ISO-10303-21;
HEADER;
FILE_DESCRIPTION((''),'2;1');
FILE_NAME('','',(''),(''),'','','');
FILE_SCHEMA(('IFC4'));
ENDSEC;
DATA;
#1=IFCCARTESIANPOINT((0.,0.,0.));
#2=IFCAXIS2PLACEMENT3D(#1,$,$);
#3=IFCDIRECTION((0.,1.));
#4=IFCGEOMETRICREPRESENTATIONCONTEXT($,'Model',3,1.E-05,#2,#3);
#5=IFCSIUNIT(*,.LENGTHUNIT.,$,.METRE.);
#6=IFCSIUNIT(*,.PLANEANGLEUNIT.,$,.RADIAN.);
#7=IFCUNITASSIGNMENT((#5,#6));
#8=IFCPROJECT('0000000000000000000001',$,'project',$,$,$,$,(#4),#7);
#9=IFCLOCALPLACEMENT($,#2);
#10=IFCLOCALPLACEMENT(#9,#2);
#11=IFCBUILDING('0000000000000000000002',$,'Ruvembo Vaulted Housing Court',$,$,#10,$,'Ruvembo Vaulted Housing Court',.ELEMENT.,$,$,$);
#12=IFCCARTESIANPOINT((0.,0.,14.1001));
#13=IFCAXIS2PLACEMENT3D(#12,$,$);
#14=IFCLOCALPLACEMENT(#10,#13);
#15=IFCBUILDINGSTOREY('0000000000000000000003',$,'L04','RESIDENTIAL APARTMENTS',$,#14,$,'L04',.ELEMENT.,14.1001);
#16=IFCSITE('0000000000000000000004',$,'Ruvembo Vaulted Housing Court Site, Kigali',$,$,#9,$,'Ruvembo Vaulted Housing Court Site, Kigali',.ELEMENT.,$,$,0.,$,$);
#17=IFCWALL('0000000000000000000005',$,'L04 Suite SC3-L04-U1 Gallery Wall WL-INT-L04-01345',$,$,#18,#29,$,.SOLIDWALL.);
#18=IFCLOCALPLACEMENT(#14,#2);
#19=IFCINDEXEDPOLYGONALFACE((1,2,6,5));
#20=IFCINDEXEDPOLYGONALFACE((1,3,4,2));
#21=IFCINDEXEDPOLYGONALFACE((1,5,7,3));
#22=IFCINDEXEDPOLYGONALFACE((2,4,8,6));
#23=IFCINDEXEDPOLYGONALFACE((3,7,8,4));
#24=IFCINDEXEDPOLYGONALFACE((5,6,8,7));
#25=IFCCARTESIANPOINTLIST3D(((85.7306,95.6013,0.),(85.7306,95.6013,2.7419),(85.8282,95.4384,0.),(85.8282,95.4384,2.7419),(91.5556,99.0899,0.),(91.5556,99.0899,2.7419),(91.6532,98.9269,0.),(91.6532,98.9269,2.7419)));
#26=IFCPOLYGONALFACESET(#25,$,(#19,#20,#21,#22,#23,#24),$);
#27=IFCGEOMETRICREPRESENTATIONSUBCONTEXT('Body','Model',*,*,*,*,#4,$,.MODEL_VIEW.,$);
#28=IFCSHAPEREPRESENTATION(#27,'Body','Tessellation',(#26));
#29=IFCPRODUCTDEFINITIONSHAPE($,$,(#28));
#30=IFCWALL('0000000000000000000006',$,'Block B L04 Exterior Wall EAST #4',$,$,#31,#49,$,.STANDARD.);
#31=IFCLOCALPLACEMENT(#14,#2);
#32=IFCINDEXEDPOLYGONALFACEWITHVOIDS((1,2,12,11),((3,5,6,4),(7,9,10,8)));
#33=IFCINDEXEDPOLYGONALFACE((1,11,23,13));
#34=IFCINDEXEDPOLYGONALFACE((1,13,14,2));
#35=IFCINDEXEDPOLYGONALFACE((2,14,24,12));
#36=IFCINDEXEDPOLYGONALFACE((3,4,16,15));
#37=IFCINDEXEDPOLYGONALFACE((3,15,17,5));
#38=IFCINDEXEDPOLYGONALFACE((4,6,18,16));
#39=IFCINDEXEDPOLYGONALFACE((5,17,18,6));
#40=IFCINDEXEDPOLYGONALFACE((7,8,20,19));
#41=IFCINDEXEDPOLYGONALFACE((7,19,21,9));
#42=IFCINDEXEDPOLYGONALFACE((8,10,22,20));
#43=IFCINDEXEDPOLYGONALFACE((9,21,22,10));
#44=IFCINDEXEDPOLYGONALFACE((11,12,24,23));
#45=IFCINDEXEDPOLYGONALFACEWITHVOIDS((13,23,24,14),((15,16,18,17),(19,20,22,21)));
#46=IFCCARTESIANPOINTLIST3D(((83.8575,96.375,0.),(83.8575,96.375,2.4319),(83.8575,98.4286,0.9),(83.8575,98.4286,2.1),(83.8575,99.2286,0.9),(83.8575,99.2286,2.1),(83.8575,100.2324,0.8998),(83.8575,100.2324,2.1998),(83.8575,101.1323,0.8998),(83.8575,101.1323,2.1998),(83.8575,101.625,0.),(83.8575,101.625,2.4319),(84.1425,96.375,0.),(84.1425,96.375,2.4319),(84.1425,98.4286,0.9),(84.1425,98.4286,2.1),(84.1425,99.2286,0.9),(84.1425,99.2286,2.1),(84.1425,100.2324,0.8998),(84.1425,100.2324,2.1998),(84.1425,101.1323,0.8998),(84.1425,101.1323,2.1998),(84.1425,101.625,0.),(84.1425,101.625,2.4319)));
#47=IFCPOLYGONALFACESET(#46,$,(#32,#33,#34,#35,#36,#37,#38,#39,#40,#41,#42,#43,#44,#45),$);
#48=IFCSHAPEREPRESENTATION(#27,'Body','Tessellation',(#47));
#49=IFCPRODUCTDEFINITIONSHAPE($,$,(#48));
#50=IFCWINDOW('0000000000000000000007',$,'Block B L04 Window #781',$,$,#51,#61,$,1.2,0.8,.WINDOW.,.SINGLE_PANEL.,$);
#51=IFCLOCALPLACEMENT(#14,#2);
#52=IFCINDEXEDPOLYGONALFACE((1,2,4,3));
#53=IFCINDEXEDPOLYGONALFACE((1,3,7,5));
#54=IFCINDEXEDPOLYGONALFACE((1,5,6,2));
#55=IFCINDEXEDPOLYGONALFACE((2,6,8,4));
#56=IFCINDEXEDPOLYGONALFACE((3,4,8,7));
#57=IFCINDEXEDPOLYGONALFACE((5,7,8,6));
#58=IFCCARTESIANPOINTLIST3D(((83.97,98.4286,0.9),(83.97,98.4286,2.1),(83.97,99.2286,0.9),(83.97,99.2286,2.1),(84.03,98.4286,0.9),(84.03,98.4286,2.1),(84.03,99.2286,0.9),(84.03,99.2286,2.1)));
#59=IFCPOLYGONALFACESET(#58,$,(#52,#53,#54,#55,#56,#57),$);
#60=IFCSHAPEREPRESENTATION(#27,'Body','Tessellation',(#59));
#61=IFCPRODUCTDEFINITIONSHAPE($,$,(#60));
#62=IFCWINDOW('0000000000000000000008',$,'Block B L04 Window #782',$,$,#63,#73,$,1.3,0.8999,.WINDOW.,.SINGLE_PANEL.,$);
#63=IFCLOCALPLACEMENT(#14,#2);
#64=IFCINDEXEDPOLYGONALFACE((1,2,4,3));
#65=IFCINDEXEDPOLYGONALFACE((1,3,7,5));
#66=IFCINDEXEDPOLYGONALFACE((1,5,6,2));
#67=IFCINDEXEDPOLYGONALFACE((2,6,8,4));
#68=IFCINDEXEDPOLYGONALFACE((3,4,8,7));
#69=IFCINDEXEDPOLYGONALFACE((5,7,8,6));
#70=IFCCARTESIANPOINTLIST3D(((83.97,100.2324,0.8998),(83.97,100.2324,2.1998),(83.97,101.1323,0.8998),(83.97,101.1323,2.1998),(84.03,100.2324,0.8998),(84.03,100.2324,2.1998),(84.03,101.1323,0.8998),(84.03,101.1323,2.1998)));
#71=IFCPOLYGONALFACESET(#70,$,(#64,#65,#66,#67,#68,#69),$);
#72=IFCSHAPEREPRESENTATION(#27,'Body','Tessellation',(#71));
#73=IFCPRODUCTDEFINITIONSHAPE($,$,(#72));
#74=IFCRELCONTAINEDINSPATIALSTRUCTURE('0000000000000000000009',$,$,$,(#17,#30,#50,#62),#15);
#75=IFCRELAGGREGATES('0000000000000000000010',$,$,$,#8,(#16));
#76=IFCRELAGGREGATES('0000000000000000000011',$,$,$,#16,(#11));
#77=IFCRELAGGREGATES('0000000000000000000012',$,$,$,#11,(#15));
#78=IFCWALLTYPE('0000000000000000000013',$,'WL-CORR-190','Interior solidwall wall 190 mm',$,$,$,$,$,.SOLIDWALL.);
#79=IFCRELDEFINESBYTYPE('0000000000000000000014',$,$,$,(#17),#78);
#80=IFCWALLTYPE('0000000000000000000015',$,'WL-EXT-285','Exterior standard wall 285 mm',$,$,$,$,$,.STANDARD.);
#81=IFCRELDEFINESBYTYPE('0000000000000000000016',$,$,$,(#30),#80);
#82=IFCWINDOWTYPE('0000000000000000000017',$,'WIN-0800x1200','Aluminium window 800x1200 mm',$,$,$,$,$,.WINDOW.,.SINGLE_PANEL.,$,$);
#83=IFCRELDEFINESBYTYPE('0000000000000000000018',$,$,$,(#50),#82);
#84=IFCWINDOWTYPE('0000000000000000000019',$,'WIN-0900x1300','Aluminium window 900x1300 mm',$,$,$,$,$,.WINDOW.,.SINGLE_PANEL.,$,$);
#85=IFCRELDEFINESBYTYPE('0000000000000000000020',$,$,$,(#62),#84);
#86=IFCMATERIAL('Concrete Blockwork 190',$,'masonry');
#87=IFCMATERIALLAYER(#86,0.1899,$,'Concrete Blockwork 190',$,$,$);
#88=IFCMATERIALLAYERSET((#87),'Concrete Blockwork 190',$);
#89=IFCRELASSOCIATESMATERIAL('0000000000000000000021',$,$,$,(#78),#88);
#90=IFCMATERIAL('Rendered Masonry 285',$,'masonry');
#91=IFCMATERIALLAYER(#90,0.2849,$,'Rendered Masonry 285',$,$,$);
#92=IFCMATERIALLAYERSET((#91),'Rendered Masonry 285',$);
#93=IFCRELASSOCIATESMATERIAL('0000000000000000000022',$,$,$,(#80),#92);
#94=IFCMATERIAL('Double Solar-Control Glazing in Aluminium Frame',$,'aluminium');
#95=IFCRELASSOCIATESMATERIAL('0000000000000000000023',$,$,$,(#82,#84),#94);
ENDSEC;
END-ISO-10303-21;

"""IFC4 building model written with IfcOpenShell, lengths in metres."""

from ifc_helpers import new_model, si_unit, direction, frame, frame_2d, origin, place, context, subcontext, project, spatial, rectangle, extrude, material, layer, layer_set, type_object, element, fill, save


model = new_model("IFC4")

# Units and contexts
model_context = context("Model", 3, precision=1e-05, world=origin(), true_north=direction((0.0, 1.0)))
body_context = subcontext(model_context, "Body", "Model", "MODEL_VIEW")
ifc_project = project(units=[si_unit("LENGTHUNIT", "METRE"), si_unit("PLANEANGLEUNIT", "RADIAN")], contexts=[model_context])

# Site, building, storey
site_placement = place(None, origin())
site = spatial("IfcSite", under=ifc_project, at=site_placement, Name="Ruvembo Vaulted Housing Court Site, Kigali", LongName="Ruvembo Vaulted Housing Court Site, Kigali", CompositionType="ELEMENT", RefElevation=0.0)
building_placement = place(site_placement, origin())
building = spatial("IfcBuilding", under=site, at=building_placement, Name="Ruvembo Vaulted Housing Court", LongName="Ruvembo Vaulted Housing Court", CompositionType="ELEMENT")
storey_placement = place(building_placement, frame((0.0, 0.0, 14.1001)))
storey = spatial("IfcBuildingStorey", under=building, at=storey_placement, Name="L04", Description="RESIDENTIAL APARTMENTS", LongName="L04", CompositionType="ELEMENT", Elevation=14.1001)

# Wall
ifc_material_1 = material(Name="Concrete Blockwork 190", Category="masonry")
ifc_layer_1 = layer(ifc_material_1, 0.1899, Name="Concrete Blockwork 190")
ifc_layer_set_1 = layer_set([ifc_layer_1], Name="Concrete Blockwork 190")
wall_type_1 = type_object("IfcWallType", Name="WL-CORR-190", Description="Interior solidwall wall 190 mm", PredefinedType="SOLIDWALL", material=ifc_layer_set_1)
wall_1_placement = place(storey_placement, frame((85.7793, 95.5198, 0.0), z_axis=(0.0, 0.0, 1.0), x_axis=(0.857911, 0.513798, 0.0)))
element("IfcWall", 1, at=wall_1_placement, inside=storey, type_object=wall_type_1, Name="L04 Suite SC3-L04-U1 Gallery Wall WL-INT-L04-01345", PredefinedType="SOLIDWALL", context=body_context, shape_type="SweptSolid", body=[
    extrude(rectangle(XDim=6.7898, YDim=0.1899, at=frame_2d((3.395, 0.0))), origin(), (0.0, 0.0, 1.0), 2.7419),
])

# Shared definitions
ifc_material_2 = material(Name="Rendered Masonry 285", Category="masonry")
ifc_layer_2 = layer(ifc_material_2, 0.2849, Name="Rendered Masonry 285")
ifc_layer_set_2 = layer_set([ifc_layer_2], Name="Rendered Masonry 285")
wall_type_2 = type_object("IfcWallType", Name="WL-EXT-285", Description="Exterior standard wall 285 mm", PredefinedType="STANDARD", material=ifc_layer_set_2)

# Wall, openings, windows
wall_2_placement = place(storey_placement, frame((84.0, 96.375, 0.0), z_axis=(0.0, 0.0, 1.0), x_axis=(0.0, 1.0, 0.0)))
wall_2 = element("IfcWall", 2, at=wall_2_placement, inside=storey, type_object=wall_type_2, Name="Block B L04 Exterior Wall EAST #4", PredefinedType="STANDARD", context=body_context, shape_type="SweptSolid", body=[
    extrude(rectangle(XDim=5.25, YDim=0.2849, at=frame_2d((2.625, 0.0))), origin(), (0.0, 0.0, 1.0), 2.4319),
])
opening_1_placement = place(wall_2_placement, frame((2.0537, 0.0, 0.8999)))
opening_1 = element("IfcOpeningElement", 3, at=opening_1_placement, cuts=wall_2, PredefinedType="OPENING", context=body_context, shape_type="SweptSolid", body=[
    extrude(rectangle(XDim=0.8, YDim=1.2, at=frame_2d((0.3999, 0.6001))), frame((0.0, 0.1523, 0.0), z_axis=(0.0, -1.0, 0.0), x_axis=(1.0, 0.0, 0.0)), (0.0, 0.0, 1.0), 0.3049),
])
opening_2_placement = place(wall_2_placement, frame((3.8574, 0.0, 0.8999)))
opening_2 = element("IfcOpeningElement", 4, at=opening_2_placement, cuts=wall_2, PredefinedType="OPENING", context=body_context, shape_type="SweptSolid", body=[
    extrude(rectangle(XDim=0.8999, YDim=1.3, at=frame_2d((0.45, 0.6499))), frame((0.0, 0.1523, 0.0), z_axis=(0.0, -1.0, 0.0), x_axis=(1.0, 0.0, 0.0)), (0.0, 0.0, 1.0), 0.3049),
])
ifc_material_3 = material(Name="Double Solar-Control Glazing in Aluminium Frame", Category="aluminium")
window_type_1 = type_object("IfcWindowType", Name="WIN-0800x1200", Description="Aluminium window 800x1200 mm", PartitioningType="SINGLE_PANEL", PredefinedType="WINDOW", material=ifc_material_3)
window_1_placement = place(opening_1_placement, origin())
window_1 = element("IfcWindow", 5, at=window_1_placement, inside=storey, type_object=window_type_1, Name="Block B L04 Window #781", OverallHeight=1.2, OverallWidth=0.8, PartitioningType="SINGLE_PANEL", PredefinedType="WINDOW", context=body_context, shape_type="SweptSolid", body=[
    extrude(rectangle(XDim=0.8, YDim=1.2, at=frame_2d((0.3999, 0.6001))), frame((0.0, 0.03, 0.0), z_axis=(0.0, -1.0, 0.0), x_axis=(1.0, 0.0, 0.0)), (0.0, 0.0, 1.0), 0.0601),
])
fill(opening_1, window_1)
window_type_2 = type_object("IfcWindowType", Name="WIN-0900x1300", Description="Aluminium window 900x1300 mm", PartitioningType="SINGLE_PANEL", PredefinedType="WINDOW", material=ifc_material_3)
window_2_placement = place(opening_2_placement, origin())
window_2 = element("IfcWindow", 6, at=window_2_placement, inside=storey, type_object=window_type_2, Name="Block B L04 Window #782", OverallHeight=1.3, OverallWidth=0.8999, PartitioningType="SINGLE_PANEL", PredefinedType="WINDOW", context=body_context, shape_type="SweptSolid", body=[
    extrude(rectangle(XDim=0.8999, YDim=1.3, at=frame_2d((0.45, 0.6499))), frame((0.0, 0.03, 0.0), z_axis=(0.0, -1.0, 0.0), x_axis=(1.0, 0.0, 0.0)), (0.0, 0.0, 1.0), 0.0601),
])
fill(opening_2, window_2)

save(model, "model.ifc")
